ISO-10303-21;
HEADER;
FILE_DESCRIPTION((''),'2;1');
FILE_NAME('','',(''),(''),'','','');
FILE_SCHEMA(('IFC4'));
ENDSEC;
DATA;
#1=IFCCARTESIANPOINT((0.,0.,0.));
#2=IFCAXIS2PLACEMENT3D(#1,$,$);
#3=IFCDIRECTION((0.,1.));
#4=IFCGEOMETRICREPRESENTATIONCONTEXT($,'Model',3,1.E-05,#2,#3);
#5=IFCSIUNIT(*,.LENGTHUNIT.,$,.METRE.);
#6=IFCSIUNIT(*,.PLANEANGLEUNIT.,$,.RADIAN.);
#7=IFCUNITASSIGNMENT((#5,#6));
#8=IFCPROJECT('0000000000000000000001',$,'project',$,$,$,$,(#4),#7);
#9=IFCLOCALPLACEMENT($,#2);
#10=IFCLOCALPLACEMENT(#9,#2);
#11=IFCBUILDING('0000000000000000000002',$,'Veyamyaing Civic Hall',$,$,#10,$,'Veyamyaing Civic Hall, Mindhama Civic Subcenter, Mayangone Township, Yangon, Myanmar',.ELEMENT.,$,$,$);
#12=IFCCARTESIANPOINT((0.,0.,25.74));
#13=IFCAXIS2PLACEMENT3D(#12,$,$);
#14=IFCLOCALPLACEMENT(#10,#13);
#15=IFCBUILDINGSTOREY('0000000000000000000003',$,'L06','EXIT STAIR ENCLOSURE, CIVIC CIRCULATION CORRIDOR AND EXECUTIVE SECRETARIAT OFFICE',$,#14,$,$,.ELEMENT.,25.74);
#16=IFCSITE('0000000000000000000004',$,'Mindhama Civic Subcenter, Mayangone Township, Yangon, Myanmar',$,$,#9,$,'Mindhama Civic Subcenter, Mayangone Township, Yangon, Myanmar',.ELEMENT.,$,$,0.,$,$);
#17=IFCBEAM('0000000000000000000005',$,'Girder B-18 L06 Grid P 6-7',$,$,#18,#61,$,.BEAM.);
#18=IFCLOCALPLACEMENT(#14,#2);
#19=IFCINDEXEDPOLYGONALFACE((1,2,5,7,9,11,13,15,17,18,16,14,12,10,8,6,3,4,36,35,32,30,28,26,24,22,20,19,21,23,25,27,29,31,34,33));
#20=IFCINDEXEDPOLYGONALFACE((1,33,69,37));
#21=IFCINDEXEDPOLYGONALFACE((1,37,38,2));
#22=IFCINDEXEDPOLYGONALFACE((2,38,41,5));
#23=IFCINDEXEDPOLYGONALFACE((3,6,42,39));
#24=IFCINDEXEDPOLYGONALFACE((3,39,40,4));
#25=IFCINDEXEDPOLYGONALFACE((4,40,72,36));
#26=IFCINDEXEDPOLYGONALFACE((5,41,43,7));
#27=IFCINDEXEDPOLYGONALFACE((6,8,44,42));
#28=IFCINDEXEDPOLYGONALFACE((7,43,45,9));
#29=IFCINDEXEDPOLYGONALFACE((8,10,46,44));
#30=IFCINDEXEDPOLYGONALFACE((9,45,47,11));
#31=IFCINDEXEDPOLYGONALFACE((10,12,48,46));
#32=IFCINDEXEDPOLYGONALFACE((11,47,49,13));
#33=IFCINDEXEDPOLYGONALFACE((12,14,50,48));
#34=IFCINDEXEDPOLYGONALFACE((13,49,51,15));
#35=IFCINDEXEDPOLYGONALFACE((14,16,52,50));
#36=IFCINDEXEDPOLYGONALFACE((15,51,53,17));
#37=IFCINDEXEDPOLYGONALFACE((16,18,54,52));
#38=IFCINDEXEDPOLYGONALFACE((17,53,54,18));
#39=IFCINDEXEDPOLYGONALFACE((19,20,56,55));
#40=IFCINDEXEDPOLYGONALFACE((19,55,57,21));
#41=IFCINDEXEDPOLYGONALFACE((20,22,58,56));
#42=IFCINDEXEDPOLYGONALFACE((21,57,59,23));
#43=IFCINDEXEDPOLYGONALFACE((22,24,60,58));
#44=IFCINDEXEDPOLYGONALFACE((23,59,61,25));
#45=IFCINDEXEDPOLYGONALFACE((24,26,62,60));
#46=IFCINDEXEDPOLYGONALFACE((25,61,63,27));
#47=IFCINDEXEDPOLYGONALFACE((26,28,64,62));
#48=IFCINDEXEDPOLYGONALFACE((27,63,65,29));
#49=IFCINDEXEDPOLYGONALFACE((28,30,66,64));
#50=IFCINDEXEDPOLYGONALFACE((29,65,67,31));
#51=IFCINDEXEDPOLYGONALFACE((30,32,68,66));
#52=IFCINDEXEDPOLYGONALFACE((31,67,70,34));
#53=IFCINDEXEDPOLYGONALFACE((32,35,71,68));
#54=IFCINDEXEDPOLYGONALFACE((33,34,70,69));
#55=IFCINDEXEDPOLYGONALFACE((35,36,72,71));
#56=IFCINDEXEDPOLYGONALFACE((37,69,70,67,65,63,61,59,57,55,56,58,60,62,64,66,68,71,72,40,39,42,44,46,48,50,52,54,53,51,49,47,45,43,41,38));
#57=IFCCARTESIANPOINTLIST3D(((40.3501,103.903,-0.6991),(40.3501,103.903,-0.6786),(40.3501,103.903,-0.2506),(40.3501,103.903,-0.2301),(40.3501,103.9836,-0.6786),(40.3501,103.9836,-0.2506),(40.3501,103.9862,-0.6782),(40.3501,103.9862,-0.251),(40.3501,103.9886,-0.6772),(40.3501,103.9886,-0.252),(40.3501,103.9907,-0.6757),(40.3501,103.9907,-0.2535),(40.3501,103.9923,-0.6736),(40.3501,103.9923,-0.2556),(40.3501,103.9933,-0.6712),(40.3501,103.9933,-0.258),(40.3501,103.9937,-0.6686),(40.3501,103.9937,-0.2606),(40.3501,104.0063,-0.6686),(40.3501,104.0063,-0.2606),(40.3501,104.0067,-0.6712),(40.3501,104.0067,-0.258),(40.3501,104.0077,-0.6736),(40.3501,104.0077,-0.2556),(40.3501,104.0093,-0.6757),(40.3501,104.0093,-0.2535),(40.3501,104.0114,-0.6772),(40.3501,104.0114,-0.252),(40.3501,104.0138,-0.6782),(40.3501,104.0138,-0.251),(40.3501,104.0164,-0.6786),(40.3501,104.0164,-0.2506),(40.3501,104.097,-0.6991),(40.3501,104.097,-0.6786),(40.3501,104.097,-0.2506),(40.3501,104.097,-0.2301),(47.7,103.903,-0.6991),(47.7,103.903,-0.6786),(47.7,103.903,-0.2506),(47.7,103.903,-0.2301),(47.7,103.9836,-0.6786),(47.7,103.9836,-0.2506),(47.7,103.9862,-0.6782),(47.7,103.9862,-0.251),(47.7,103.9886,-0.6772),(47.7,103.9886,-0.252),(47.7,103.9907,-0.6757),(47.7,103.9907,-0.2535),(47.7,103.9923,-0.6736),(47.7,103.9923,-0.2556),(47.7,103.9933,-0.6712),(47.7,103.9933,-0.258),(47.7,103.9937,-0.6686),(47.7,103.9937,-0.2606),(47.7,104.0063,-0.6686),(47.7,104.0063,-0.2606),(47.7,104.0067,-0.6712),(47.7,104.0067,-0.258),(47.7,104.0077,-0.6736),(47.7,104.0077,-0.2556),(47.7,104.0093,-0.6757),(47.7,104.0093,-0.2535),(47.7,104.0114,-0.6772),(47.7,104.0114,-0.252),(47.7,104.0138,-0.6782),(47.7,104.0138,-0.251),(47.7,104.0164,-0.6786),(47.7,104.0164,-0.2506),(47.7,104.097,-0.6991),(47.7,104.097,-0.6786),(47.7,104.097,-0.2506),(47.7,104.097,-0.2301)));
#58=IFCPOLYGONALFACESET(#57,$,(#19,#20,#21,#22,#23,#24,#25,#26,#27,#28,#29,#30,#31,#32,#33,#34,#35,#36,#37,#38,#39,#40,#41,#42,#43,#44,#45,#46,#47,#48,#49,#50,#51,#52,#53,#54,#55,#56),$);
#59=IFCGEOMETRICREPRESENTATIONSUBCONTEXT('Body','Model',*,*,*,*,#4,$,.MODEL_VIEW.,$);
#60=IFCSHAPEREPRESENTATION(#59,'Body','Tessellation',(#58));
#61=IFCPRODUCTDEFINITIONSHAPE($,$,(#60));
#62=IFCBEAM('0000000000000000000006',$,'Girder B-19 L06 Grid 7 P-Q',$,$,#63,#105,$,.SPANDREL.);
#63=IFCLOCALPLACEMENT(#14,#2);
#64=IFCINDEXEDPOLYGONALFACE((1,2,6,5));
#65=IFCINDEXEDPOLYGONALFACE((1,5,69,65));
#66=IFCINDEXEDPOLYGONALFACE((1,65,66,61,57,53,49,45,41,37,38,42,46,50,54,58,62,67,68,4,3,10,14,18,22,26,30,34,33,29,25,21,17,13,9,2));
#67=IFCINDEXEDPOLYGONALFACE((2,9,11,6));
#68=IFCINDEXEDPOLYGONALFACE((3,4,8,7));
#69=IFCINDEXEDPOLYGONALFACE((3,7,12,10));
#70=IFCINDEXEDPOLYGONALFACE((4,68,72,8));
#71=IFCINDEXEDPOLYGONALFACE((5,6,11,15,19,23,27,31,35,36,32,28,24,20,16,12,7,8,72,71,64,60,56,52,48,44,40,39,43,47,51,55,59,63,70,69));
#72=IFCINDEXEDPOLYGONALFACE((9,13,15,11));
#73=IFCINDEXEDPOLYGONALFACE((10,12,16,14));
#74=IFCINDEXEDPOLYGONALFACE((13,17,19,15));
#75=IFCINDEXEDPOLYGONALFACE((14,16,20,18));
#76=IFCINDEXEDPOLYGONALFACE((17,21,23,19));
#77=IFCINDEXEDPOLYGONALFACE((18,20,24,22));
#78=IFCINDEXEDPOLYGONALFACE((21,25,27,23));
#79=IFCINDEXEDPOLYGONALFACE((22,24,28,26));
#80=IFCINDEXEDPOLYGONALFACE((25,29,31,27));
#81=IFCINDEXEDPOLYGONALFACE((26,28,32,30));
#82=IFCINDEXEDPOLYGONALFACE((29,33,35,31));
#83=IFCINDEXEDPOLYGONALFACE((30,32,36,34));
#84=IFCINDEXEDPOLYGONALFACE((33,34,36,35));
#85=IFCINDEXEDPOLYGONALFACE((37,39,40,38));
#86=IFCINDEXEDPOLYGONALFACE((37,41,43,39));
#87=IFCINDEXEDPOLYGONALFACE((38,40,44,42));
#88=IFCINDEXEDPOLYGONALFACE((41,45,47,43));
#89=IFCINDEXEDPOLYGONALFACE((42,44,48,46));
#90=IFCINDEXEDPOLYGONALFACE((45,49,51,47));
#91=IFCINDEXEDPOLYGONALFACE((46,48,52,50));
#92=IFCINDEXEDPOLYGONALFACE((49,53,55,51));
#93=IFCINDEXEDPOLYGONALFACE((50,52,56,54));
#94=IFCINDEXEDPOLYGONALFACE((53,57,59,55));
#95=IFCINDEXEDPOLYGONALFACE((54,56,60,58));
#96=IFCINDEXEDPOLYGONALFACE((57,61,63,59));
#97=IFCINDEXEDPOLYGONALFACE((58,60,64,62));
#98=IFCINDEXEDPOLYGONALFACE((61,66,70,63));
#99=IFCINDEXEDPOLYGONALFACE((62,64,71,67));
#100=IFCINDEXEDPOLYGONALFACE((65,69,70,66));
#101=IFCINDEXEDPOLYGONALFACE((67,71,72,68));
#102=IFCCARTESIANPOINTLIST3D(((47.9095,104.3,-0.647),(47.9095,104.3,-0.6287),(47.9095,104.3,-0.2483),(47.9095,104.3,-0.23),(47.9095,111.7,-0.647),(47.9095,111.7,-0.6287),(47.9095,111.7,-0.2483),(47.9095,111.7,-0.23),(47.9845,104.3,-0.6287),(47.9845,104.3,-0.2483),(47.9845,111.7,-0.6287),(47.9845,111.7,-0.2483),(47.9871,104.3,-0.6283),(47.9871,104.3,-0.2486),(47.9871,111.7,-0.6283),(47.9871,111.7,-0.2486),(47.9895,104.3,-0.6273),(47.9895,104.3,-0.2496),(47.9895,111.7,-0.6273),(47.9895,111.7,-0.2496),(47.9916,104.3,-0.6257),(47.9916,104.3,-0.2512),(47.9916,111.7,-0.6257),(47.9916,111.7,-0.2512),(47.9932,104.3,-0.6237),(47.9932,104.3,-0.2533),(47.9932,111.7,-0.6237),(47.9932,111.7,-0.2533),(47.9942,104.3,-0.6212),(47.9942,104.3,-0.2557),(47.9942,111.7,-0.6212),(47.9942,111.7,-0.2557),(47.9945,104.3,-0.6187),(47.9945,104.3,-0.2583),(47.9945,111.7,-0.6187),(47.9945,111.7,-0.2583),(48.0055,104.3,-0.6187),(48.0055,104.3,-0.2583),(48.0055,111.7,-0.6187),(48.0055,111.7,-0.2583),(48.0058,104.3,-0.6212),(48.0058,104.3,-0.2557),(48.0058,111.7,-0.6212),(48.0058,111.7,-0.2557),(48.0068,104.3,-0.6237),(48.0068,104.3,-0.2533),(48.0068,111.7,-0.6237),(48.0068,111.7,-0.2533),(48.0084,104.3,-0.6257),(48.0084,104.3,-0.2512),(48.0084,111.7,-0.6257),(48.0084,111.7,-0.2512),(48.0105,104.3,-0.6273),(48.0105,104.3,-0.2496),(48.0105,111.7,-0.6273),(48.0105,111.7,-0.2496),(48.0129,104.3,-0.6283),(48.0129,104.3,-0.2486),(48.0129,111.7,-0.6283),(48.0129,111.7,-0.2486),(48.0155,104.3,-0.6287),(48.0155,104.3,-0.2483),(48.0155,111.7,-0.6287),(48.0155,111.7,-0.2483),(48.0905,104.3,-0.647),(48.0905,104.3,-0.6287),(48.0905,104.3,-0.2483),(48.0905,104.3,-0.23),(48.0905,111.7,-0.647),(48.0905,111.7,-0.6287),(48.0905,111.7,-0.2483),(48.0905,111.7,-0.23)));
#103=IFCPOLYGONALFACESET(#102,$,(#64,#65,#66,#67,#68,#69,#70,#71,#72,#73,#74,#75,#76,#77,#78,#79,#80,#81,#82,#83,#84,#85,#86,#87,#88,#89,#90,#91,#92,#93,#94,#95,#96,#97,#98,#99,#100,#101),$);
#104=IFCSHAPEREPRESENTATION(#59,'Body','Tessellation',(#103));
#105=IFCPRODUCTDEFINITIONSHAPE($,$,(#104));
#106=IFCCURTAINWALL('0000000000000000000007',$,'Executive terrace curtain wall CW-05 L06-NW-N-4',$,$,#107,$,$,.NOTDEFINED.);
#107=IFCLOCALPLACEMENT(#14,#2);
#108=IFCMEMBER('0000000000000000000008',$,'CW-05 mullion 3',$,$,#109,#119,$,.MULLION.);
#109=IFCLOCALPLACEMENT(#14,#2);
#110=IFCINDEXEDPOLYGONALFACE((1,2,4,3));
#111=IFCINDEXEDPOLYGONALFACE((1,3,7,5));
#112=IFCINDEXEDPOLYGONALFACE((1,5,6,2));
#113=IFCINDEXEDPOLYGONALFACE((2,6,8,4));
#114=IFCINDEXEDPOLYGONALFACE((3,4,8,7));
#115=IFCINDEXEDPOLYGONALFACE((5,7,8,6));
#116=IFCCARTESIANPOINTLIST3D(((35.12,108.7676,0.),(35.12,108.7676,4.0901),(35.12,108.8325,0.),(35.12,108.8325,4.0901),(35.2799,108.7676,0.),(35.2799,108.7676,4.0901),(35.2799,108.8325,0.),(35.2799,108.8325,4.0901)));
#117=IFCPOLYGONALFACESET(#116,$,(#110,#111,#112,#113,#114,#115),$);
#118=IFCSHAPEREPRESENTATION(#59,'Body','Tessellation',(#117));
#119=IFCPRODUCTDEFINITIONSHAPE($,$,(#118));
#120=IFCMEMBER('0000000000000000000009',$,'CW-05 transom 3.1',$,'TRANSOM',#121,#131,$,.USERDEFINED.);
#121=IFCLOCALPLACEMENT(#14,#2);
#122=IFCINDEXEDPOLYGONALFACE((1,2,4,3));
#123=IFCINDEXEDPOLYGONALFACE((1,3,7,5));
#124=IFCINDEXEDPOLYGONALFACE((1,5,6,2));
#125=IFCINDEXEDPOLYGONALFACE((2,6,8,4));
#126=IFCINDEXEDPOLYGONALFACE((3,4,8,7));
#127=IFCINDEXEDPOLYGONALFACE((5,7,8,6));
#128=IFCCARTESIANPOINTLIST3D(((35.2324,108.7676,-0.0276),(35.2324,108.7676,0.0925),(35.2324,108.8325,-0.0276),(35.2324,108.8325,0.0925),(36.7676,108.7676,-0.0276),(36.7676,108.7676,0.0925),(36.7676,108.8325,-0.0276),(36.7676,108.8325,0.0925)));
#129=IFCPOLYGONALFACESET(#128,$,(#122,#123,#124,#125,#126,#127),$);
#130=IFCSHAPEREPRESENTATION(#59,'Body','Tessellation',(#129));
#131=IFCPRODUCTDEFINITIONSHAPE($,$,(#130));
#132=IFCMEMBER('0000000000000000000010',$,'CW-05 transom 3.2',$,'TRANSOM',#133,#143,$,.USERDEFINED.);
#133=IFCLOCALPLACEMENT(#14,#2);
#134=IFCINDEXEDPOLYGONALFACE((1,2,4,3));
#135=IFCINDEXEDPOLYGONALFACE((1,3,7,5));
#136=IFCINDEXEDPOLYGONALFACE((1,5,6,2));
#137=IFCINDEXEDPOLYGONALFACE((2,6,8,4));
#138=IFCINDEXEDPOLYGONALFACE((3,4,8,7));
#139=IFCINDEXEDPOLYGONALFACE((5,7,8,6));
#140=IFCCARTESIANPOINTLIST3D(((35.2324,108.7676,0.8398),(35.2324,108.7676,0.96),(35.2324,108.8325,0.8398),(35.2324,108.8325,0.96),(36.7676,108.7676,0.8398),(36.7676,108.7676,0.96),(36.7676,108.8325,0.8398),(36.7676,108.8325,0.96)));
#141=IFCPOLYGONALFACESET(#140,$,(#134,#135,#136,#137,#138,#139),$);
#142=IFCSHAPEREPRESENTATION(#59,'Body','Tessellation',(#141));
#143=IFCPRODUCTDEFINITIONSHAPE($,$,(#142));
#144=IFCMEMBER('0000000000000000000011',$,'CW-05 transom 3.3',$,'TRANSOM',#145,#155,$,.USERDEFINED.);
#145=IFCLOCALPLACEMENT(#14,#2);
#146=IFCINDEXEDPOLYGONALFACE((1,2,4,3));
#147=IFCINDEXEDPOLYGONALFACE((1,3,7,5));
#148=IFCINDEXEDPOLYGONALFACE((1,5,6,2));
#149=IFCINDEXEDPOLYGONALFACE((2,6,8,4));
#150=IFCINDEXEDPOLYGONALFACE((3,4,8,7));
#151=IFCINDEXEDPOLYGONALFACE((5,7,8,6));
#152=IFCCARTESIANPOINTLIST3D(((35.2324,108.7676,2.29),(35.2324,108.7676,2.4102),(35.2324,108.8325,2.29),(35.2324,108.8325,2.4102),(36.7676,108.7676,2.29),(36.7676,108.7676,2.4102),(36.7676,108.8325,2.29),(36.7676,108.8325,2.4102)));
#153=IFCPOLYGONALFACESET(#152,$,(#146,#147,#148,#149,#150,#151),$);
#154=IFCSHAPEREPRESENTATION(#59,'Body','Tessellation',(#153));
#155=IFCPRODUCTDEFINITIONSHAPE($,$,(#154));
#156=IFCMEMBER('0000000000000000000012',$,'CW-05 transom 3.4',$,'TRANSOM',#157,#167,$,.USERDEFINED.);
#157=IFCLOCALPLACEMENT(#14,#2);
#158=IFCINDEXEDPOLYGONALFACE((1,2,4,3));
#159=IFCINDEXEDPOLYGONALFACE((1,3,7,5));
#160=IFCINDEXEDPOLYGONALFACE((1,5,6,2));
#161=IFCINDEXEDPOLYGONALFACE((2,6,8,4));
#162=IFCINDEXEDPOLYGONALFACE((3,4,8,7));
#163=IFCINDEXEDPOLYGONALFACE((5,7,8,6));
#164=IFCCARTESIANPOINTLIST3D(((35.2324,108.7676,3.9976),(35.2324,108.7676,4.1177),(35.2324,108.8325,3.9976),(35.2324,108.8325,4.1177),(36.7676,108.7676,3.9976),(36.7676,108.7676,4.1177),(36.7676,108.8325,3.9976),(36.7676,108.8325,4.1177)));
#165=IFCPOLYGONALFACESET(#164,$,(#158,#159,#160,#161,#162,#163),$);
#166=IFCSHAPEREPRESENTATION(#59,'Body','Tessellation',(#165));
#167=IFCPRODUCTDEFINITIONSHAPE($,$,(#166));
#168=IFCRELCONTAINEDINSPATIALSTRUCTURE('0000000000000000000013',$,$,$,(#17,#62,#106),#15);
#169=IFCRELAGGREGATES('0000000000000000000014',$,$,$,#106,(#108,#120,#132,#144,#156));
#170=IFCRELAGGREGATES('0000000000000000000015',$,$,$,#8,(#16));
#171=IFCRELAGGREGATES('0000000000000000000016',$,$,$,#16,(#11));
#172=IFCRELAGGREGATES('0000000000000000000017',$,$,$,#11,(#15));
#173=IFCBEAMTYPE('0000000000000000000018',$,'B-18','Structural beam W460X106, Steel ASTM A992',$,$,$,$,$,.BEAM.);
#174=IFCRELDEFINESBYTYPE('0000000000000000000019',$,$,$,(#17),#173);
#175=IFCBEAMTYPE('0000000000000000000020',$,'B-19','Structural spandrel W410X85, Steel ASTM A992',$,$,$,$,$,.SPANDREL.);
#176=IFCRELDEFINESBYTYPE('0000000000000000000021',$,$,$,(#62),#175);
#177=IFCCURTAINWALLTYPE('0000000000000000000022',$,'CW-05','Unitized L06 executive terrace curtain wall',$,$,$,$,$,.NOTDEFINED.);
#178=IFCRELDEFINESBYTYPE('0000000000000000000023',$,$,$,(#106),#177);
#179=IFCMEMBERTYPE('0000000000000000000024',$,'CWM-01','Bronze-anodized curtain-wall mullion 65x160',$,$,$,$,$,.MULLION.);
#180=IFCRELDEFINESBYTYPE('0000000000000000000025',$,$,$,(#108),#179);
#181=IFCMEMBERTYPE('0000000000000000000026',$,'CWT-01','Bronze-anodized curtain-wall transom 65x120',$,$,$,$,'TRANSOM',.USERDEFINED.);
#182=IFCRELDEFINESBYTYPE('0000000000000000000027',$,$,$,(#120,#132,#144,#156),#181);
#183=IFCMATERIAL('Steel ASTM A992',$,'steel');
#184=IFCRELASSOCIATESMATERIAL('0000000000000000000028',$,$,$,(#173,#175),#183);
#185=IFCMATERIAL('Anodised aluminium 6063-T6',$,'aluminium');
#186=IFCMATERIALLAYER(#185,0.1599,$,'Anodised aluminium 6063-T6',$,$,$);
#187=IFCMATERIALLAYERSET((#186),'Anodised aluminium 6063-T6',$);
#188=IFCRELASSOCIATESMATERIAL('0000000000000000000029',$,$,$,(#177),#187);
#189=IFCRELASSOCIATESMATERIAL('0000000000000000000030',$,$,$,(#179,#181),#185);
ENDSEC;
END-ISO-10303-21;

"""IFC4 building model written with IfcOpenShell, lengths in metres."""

from ifc_helpers import new_model, si_unit, direction, frame, origin, origin_2d, place, context, subcontext, project, spatial, rectangle, i_section, extrude, material, layer, layer_set, material_profile, profile_set, type_object, element, aggregate, save


model = new_model("IFC4")

# Units and contexts
model_context = context("Model", 3, precision=1e-05, world=origin(), true_north=direction((0.0, 1.0)))
body_context = subcontext(model_context, "Body", "Model", "MODEL_VIEW")
ifc_project = project(units=[si_unit("LENGTHUNIT", "METRE"), si_unit("PLANEANGLEUNIT", "RADIAN")], contexts=[model_context])

# Site, building, storey
site_placement = place(None, origin())
site = spatial("IfcSite", under=ifc_project, at=site_placement, Name="Mindhama Civic Subcenter, Mayangone Township, Yangon, Myanmar", LongName="Mindhama Civic Subcenter, Mayangone Township, Yangon, Myanmar", CompositionType="ELEMENT", RefElevation=0.0)
building_placement = place(site_placement, origin())
building = spatial("IfcBuilding", under=site, at=building_placement, Name="Veyamyaing Civic Hall", LongName="Veyamyaing Civic Hall, Mindhama Civic Subcenter, Mayangone Township, Yangon, Myanmar", CompositionType="ELEMENT")
storey_placement = place(building_placement, frame((0.0, 0.0, 25.74)))
storey = spatial("IfcBuildingStorey", under=building, at=storey_placement, Name="L06", Description="EXIT STAIR ENCLOSURE, CIVIC CIRCULATION CORRIDOR AND EXECUTIVE SECRETARIAT OFFICE", CompositionType="ELEMENT", Elevation=25.74)

# Beams
ifc_material_1 = material(Name="Steel ASTM A992", Category="steel")
ifc_material_profile_1 = material_profile(ifc_material_1, i_section(OverallWidth=0.1941, OverallDepth=0.469, WebThickness=0.0127, FlangeThickness=0.0205, FilletRadius=0.01, at=origin_2d()), Name="W460X106")
ifc_profile_set_1 = profile_set([ifc_material_profile_1], Name="Steel ASTM A992")
beam_type_1 = type_object("IfcBeamType", Name="B-18", Description="Structural beam W460X106, Steel ASTM A992", PredefinedType="BEAM", material=ifc_profile_set_1)
beam_1_placement = place(storey_placement, frame((40.3501, 104.0, -0.4646), z_axis=(1.0, 0.0, 0.0), x_axis=(0.0, 1.0, 0.0)))
element("IfcBeam", 1, at=beam_1_placement, inside=storey, type_object=beam_type_1, Name="Girder B-18 L06 Grid P 6-7", PredefinedType="BEAM", context=body_context, shape_type="SweptSolid", body=[
    extrude(i_section(OverallWidth=0.1941, OverallDepth=0.469, WebThickness=0.0127, FlangeThickness=0.0205, FilletRadius=0.01, at=origin_2d()), origin(), (0.0, 0.0, 1.0), 7.3499),
])
ifc_material_profile_2 = material_profile(ifc_material_1, i_section(OverallWidth=0.1809, OverallDepth=0.417, WebThickness=0.011, FlangeThickness=0.0183, FilletRadius=0.01, at=origin_2d()), Name="W410X85")
ifc_profile_set_2 = profile_set([ifc_material_profile_2], Name="Steel ASTM A992")
beam_type_2 = type_object("IfcBeamType", Name="B-19", Description="Structural spandrel W410X85, Steel ASTM A992", PredefinedType="SPANDREL", material=ifc_profile_set_2)
beam_2_placement = place(storey_placement, frame((48.0, 104.3, -0.4385), z_axis=(0.0, 1.0, 0.0), x_axis=(-1.0, 0.0, 0.0)))
element("IfcBeam", 2, at=beam_2_placement, inside=storey, type_object=beam_type_2, Name="Girder B-19 L06 Grid 7 P-Q", PredefinedType="SPANDREL", context=body_context, shape_type="SweptSolid", body=[
    extrude(i_section(OverallWidth=0.1809, OverallDepth=0.417, WebThickness=0.011, FlangeThickness=0.0183, FilletRadius=0.01, at=origin_2d()), origin(), (0.0, 0.0, 1.0), 7.3999),
])

# Curtain wall, members
ifc_material_2 = material(Name="Anodised aluminium 6063-T6", Category="aluminium")
ifc_layer_1 = layer(ifc_material_2, 0.1599, Name="Anodised aluminium 6063-T6")
ifc_layer_set_1 = layer_set([ifc_layer_1], Name="Anodised aluminium 6063-T6")
curtain_wall_type = type_object("IfcCurtainWallType", Name="CW-05", Description="Unitized L06 executive terrace curtain wall", PredefinedType="NOTDEFINED", material=ifc_layer_set_1)
curtain_wall_placement = place(storey_placement, origin())
curtain_wall = element("IfcCurtainWall", 3, at=curtain_wall_placement, inside=storey, type_object=curtain_wall_type, Name="Executive terrace curtain wall CW-05 L06-NW-N-4", PredefinedType="NOTDEFINED")
ifc_material_profile_3 = material_profile(ifc_material_2, rectangle(XDim=0.0649, YDim=0.1599, at=origin_2d()), Name="ALU-MUL-65X160")
ifc_profile_set_3 = profile_set([ifc_material_profile_3], Name="Anodised aluminium 6063-T6")
member_type_1 = type_object("IfcMemberType", Name="CWM-01", Description="Bronze-anodized curtain-wall mullion 65x160", PredefinedType="MULLION", material=ifc_profile_set_3)
member_1_placement = place(storey_placement, frame((35.2, 108.8, 0.0), z_axis=(0.0, 0.0, 1.0), x_axis=(0.0, 1.0, 0.0)))
member_1 = element("IfcMember", 4, at=member_1_placement, type_object=member_type_1, Name="CW-05 mullion 3", PredefinedType="MULLION", context=body_context, shape_type="SweptSolid", body=[
    extrude(rectangle(XDim=0.0649, YDim=0.1599, at=origin_2d()), origin(), (0.0, 0.0, 1.0), 4.0901),
])
ifc_material_profile_4 = material_profile(ifc_material_2, rectangle(XDim=0.0649, YDim=0.1201, at=origin_2d()), Name="ALU-TRN-65X120")
ifc_profile_set_4 = profile_set([ifc_material_profile_4], Name="Anodised aluminium 6063-T6")
member_type_2 = type_object("IfcMemberType", Name="CWT-01", Description="Bronze-anodized curtain-wall transom 65x120", ElementType="TRANSOM", PredefinedType="USERDEFINED", material=ifc_profile_set_4)
member_2_placement = place(storey_placement, frame((35.2324, 108.8, 0.0325), z_axis=(1.0, 0.0, 0.0), x_axis=(0.0, 1.0, 0.0)))
member_2 = element("IfcMember", 5, at=member_2_placement, type_object=member_type_2, Name="CW-05 transom 3.1", ObjectType="TRANSOM", PredefinedType="USERDEFINED", context=body_context, shape_type="SweptSolid", body=[
    extrude(rectangle(XDim=0.0649, YDim=0.1201, at=origin_2d()), origin(), (0.0, 0.0, 1.0), 1.5352),
])
member_3_placement = place(storey_placement, frame((35.2324, 108.8, 0.8999), z_axis=(1.0, 0.0, 0.0), x_axis=(0.0, 1.0, 0.0)))
member_3 = element("IfcMember", 6, at=member_3_placement, type_object=member_type_2, Name="CW-05 transom 3.2", ObjectType="TRANSOM", PredefinedType="USERDEFINED", context=body_context, shape_type="SweptSolid", body=[
    extrude(rectangle(XDim=0.0649, YDim=0.1201, at=origin_2d()), origin(), (0.0, 0.0, 1.0), 1.5352),
])
member_4_placement = place(storey_placement, frame((35.2324, 108.8, 2.3501), z_axis=(1.0, 0.0, 0.0), x_axis=(0.0, 1.0, 0.0)))
member_4 = element("IfcMember", 7, at=member_4_placement, type_object=member_type_2, Name="CW-05 transom 3.3", ObjectType="TRANSOM", PredefinedType="USERDEFINED", context=body_context, shape_type="SweptSolid", body=[
    extrude(rectangle(XDim=0.0649, YDim=0.1201, at=origin_2d()), origin(), (0.0, 0.0, 1.0), 1.5352),
])
member_5_placement = place(storey_placement, frame((35.2324, 108.8, 4.0576), z_axis=(1.0, 0.0, 0.0), x_axis=(0.0, 1.0, 0.0)))
member_5 = element("IfcMember", 8, at=member_5_placement, type_object=member_type_2, Name="CW-05 transom 3.4", ObjectType="TRANSOM", PredefinedType="USERDEFINED", context=body_context, shape_type="SweptSolid", body=[
    extrude(rectangle(XDim=0.0649, YDim=0.1201, at=origin_2d()), origin(), (0.0, 0.0, 1.0), 1.5352),
])

aggregate(curtain_wall, [member_1, member_2, member_3, member_4, member_5])

save(model, "model.ifc")
